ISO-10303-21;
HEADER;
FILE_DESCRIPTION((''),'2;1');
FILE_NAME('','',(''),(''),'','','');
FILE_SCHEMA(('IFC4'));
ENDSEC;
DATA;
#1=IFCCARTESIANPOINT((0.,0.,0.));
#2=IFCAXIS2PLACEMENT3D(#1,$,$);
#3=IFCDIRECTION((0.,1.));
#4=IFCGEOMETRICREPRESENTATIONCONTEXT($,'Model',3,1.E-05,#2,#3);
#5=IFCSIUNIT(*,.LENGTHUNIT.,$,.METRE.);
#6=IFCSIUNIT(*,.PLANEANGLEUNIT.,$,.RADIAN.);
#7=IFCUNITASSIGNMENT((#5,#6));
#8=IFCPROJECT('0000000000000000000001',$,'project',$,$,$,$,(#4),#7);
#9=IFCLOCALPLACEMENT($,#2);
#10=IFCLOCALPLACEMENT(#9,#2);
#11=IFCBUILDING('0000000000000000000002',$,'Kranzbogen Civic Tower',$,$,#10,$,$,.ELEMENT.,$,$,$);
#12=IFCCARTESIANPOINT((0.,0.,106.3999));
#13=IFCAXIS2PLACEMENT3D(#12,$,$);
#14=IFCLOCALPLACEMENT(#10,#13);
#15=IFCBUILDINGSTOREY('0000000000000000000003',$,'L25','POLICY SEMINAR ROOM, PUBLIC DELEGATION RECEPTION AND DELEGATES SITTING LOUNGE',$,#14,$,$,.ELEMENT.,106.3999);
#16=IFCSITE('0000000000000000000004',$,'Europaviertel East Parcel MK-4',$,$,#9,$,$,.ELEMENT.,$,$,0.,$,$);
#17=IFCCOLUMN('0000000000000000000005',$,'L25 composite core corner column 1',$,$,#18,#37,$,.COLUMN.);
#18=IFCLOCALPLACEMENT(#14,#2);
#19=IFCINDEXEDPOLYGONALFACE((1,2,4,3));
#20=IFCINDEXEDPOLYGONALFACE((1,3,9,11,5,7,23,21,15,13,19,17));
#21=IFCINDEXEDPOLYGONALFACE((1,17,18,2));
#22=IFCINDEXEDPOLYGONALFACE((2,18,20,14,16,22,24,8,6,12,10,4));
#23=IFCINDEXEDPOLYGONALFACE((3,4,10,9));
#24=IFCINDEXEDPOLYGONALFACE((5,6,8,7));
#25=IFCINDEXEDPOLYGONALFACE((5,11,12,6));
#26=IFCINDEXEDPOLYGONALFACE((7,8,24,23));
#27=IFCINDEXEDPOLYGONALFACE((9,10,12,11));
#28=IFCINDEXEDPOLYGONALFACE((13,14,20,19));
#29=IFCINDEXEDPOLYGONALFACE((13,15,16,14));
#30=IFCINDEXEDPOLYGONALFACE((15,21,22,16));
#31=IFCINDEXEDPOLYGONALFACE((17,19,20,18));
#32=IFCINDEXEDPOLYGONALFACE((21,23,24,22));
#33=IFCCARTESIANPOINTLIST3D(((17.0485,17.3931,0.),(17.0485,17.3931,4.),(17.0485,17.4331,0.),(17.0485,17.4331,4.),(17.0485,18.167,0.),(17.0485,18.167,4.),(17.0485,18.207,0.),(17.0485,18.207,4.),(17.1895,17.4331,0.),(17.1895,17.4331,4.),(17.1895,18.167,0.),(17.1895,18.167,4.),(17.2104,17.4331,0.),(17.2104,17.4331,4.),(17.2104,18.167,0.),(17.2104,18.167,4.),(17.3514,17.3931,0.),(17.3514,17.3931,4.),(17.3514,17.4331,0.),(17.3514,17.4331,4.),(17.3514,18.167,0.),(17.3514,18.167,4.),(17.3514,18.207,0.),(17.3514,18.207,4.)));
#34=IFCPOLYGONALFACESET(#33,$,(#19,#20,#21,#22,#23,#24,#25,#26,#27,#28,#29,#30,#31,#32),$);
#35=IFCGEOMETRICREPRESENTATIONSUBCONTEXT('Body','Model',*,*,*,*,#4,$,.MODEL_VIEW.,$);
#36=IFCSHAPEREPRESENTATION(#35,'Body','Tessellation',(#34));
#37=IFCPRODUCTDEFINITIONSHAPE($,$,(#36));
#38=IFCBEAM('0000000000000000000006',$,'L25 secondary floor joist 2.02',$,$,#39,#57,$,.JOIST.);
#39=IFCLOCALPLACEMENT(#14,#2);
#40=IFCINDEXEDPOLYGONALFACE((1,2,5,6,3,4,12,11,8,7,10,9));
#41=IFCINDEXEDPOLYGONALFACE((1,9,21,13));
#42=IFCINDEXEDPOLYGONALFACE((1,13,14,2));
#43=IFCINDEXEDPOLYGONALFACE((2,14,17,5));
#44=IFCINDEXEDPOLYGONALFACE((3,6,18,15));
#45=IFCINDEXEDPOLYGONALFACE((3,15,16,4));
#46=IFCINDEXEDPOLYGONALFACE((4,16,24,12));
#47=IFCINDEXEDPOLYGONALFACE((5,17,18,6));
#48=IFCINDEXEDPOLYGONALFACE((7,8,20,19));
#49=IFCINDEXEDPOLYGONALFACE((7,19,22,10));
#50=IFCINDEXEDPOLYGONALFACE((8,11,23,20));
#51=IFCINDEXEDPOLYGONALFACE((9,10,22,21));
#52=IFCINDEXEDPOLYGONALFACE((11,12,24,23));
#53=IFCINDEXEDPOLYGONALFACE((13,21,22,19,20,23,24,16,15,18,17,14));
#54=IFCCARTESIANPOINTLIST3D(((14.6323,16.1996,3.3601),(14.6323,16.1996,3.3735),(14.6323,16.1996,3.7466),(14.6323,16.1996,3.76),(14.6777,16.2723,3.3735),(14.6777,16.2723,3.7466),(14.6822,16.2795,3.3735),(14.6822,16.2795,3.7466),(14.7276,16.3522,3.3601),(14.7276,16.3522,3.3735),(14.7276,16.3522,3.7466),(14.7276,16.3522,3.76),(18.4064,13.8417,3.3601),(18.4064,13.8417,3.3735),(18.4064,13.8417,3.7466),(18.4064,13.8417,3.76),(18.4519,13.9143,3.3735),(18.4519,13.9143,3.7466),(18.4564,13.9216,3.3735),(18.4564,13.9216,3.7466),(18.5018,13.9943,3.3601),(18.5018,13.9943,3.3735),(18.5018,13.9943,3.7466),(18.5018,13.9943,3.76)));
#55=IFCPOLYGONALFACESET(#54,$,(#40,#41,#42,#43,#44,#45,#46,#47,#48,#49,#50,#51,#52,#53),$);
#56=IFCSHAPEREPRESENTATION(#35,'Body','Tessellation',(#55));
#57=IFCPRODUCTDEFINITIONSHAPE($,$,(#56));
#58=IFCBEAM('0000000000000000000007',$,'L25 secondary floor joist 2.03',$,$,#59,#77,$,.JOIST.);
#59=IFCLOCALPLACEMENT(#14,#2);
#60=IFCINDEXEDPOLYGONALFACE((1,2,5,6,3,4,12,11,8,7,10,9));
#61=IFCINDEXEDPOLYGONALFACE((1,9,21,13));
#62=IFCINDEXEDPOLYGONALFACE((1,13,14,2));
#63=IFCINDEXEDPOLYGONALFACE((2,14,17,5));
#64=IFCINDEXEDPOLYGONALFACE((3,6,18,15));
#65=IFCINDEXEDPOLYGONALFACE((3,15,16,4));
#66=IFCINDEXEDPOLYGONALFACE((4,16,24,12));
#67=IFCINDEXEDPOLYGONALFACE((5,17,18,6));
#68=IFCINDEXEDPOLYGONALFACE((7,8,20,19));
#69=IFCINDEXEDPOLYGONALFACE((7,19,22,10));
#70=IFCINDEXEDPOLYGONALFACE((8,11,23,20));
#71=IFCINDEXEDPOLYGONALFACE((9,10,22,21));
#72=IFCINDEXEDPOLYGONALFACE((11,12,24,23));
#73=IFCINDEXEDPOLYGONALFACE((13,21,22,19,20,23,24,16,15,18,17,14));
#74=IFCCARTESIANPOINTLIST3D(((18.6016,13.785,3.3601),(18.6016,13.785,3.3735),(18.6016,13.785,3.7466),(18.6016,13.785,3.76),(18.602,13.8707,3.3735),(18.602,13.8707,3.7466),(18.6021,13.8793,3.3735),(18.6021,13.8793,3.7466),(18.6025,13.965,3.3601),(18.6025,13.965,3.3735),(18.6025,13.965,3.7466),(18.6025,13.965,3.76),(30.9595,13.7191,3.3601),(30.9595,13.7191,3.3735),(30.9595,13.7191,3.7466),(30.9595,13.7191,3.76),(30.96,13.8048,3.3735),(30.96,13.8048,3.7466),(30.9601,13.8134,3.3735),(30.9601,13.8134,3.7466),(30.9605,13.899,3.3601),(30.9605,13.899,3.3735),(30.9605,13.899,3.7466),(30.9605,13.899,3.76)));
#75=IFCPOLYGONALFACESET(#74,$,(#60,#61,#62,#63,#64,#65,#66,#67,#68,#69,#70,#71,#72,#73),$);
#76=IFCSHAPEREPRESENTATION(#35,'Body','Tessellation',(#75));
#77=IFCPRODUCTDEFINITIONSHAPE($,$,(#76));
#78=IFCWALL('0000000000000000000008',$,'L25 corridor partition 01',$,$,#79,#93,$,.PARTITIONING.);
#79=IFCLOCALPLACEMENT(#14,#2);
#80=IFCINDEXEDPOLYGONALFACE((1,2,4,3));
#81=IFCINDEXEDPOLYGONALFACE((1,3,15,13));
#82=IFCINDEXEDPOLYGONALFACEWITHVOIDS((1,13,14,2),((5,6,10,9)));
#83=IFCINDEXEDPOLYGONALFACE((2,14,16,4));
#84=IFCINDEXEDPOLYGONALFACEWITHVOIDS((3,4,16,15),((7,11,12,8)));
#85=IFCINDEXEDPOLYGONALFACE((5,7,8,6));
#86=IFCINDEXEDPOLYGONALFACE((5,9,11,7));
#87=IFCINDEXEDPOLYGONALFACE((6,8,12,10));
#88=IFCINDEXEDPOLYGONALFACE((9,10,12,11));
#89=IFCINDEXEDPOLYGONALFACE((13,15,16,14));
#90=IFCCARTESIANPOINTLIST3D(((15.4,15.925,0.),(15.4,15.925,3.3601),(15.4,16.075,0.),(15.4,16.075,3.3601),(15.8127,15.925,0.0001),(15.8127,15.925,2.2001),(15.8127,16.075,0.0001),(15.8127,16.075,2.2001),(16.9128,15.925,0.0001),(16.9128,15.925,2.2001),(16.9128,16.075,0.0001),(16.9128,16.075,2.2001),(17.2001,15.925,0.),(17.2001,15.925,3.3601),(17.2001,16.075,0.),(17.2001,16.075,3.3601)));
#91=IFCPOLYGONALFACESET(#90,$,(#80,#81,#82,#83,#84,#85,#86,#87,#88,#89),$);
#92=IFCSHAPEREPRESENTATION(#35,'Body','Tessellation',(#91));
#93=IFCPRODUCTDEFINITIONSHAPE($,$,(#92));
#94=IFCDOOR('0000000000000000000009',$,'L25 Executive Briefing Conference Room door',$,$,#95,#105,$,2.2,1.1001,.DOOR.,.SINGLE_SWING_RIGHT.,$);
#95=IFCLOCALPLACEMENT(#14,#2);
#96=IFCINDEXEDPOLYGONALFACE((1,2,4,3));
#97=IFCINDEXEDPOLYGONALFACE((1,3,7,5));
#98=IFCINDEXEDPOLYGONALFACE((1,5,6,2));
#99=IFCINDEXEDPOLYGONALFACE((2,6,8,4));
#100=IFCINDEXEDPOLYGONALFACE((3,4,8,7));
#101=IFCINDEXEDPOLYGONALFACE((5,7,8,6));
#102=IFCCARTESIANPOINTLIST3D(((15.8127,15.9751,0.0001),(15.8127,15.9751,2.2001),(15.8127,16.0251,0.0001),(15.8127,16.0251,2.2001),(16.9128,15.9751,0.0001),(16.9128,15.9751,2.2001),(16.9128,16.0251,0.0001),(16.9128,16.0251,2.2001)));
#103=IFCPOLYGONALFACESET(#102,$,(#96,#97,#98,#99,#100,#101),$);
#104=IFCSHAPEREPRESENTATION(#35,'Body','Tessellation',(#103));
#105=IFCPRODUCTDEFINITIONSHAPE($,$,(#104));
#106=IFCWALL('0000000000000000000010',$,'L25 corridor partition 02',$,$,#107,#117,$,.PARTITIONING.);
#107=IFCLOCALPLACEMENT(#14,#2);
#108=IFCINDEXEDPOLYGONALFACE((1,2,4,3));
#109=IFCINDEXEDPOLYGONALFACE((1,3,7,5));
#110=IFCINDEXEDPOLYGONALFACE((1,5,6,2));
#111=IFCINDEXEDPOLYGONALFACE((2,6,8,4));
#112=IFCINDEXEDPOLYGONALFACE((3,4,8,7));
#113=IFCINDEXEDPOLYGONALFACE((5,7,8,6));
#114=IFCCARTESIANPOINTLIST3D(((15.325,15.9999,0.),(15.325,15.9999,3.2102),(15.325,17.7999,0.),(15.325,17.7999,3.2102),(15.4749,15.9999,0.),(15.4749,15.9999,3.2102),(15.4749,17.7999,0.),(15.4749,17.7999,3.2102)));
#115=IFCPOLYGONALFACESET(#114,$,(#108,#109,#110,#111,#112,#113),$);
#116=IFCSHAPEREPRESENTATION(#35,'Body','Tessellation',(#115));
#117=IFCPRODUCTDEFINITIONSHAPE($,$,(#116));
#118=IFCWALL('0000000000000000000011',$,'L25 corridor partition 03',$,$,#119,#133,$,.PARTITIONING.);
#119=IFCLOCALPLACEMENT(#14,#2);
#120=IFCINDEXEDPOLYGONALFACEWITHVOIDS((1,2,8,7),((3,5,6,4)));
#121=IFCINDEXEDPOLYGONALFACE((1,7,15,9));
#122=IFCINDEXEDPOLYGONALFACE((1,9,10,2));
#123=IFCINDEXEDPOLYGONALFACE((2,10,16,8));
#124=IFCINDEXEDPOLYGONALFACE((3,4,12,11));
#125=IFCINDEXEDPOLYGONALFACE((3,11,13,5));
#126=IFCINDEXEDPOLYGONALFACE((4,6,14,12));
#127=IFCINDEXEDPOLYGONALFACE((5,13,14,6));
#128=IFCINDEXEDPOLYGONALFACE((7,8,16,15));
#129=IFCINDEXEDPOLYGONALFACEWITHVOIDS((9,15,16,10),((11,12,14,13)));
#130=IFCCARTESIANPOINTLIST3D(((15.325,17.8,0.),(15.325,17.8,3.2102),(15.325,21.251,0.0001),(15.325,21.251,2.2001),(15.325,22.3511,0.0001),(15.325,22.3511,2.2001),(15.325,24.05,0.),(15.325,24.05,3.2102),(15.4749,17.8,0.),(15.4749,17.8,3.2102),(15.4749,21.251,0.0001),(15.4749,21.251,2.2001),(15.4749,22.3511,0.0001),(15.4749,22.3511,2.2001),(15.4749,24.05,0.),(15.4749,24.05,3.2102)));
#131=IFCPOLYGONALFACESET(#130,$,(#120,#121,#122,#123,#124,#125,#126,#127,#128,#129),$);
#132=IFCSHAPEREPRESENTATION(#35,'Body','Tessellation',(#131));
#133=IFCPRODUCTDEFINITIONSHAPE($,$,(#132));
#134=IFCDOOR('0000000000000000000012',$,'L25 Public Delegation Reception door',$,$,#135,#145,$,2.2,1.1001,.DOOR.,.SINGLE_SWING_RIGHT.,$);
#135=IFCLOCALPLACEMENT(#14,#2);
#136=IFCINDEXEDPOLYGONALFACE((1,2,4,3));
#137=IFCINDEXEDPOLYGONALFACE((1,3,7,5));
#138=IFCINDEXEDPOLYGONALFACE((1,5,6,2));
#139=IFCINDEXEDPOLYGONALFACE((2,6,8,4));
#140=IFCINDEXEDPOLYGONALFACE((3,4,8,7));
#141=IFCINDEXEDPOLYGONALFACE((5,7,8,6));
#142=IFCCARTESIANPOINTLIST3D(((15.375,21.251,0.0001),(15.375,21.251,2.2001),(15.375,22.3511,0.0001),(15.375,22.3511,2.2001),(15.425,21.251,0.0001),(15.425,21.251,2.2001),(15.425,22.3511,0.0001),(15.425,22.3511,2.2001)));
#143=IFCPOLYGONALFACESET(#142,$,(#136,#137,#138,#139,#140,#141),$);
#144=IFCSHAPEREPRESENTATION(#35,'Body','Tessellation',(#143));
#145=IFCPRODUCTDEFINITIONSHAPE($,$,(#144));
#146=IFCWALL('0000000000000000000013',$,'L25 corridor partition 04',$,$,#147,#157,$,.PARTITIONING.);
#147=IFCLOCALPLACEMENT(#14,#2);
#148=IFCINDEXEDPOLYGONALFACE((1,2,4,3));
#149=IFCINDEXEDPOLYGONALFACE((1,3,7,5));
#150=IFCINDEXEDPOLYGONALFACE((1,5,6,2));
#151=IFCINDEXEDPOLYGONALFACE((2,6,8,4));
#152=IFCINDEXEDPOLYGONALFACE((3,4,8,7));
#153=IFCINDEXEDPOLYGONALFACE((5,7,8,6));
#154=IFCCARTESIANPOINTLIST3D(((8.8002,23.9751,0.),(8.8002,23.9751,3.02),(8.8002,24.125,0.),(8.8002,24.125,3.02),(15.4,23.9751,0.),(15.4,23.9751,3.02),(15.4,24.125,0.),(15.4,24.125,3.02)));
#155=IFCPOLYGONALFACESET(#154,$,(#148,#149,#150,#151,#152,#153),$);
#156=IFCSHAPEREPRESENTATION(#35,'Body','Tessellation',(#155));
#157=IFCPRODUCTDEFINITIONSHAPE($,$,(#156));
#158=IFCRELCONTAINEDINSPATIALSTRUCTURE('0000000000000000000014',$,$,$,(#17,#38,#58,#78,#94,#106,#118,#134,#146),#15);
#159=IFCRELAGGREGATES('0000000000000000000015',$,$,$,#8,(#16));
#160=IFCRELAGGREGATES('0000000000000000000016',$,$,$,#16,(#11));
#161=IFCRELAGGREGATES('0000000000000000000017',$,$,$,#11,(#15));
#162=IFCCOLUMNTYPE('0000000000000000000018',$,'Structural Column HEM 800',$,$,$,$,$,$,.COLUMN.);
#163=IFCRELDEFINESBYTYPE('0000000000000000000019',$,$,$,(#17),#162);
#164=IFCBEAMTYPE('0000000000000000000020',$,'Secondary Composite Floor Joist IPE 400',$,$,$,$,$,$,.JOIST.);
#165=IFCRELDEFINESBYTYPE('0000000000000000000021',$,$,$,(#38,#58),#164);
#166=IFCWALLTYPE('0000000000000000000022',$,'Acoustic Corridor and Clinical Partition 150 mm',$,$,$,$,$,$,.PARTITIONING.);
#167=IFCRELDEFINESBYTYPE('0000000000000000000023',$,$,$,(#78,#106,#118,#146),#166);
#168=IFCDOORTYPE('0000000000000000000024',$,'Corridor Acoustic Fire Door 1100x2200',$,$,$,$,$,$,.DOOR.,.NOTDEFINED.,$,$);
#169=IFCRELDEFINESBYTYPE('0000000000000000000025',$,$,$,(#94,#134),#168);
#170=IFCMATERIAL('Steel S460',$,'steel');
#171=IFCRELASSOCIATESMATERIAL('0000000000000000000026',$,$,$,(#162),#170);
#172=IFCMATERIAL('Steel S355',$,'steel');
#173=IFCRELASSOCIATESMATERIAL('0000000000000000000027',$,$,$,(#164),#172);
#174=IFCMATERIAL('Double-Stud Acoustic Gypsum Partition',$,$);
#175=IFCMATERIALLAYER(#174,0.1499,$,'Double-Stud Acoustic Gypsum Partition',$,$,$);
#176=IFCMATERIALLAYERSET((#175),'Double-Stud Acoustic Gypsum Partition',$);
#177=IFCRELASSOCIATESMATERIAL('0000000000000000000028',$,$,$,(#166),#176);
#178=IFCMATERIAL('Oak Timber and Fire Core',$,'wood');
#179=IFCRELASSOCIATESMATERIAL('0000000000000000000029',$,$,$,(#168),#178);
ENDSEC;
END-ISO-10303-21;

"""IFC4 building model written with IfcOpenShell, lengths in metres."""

from ifc_helpers import new_model, si_unit, direction, frame, frame_2d, origin, origin_2d, place, context, subcontext, project, spatial, rectangle, i_section, extrude, material, layer, layer_set, material_profile, profile_set, type_object, element, fill, save


model = new_model("IFC4")

# Units and contexts
model_context = context("Model", 3, precision=1e-05, world=origin(), true_north=direction((0.0, 1.0)))
body_context = subcontext(model_context, "Body", "Model", "MODEL_VIEW")
ifc_project = project(units=[si_unit("LENGTHUNIT", "METRE"), si_unit("PLANEANGLEUNIT", "RADIAN")], contexts=[model_context])

# Site, building, storey
site_placement = place(None, origin())
site = spatial("IfcSite", under=ifc_project, at=site_placement, Name="Europaviertel East Parcel MK-4", CompositionType="ELEMENT", RefElevation=0.0)
building_placement = place(site_placement, origin())
building = spatial("IfcBuilding", under=site, at=building_placement, Name="Kranzbogen Civic Tower", CompositionType="ELEMENT")
storey_placement = place(building_placement, frame((0.0, 0.0, 106.3999)))
storey = spatial("IfcBuildingStorey", under=building, at=storey_placement, Name="L25", Description="POLICY SEMINAR ROOM, PUBLIC DELEGATION RECEPTION AND DELEGATES SITTING LOUNGE", CompositionType="ELEMENT", Elevation=106.3999)

# Column
ifc_material_1 = material(Name="Steel S460", Category="steel")
ifc_material_profile_1 = material_profile(ifc_material_1, i_section(OverallWidth=0.303, OverallDepth=0.814, WebThickness=0.021, FlangeThickness=0.04, at=origin_2d()), Name="HEM 800")
ifc_profile_set_1 = profile_set([ifc_material_profile_1], Name="Steel S460")
column_type = type_object("IfcColumnType", Name="Structural Column HEM 800", PredefinedType="COLUMN", material=ifc_profile_set_1)
column_placement = place(storey_placement, frame((17.2, 17.8, 0.0), z_axis=(0.0, 0.0, 1.0), x_axis=(1.0, 0.0, 0.0)))
element("IfcColumn", 1, at=column_placement, inside=storey, type_object=column_type, Name="L25 composite core corner column 1", PredefinedType="COLUMN", context=body_context, shape_type="SweptSolid", body=[
    extrude(i_section(OverallWidth=0.303, OverallDepth=0.814, WebThickness=0.021, FlangeThickness=0.04, at=origin_2d()), origin(), (0.0, 0.0, 1.0), 4.0),
])

# Beams
ifc_material_2 = material(Name="Steel S355", Category="steel")
ifc_material_profile_2 = material_profile(ifc_material_2, i_section(OverallWidth=0.1799, OverallDepth=0.3999, WebThickness=0.0085, FlangeThickness=0.0134, at=origin_2d()), Name="IPE 400")
ifc_profile_set_2 = profile_set([ifc_material_profile_2], Name="Steel S355")
beam_type = type_object("IfcBeamType", Name="Secondary Composite Floor Joist IPE 400", PredefinedType="JOIST", material=ifc_profile_set_2)
beam_1_placement = place(storey_placement, frame((14.6799, 16.2759, 3.5601), z_axis=(0.848094, -0.529846, 0.0), x_axis=(0.529846, 0.848094, 0.0)))
element("IfcBeam", 2, at=beam_1_placement, inside=storey, type_object=beam_type, Name="L25 secondary floor joist 2.02", PredefinedType="JOIST", context=body_context, shape_type="SweptSolid", body=[
    extrude(i_section(OverallWidth=0.1799, OverallDepth=0.3999, WebThickness=0.0085, FlangeThickness=0.0134, at=origin_2d()), origin(), (0.0, 0.0, 1.0), 4.4502),
])
beam_2_placement = place(storey_placement, frame((18.6021, 13.875, 3.5601), z_axis=(0.999986, -0.005334, 0.0), x_axis=(0.005334, 0.999986, 0.0)))
element("IfcBeam", 3, at=beam_2_placement, inside=storey, type_object=beam_type, Name="L25 secondary floor joist 2.03", PredefinedType="JOIST", context=body_context, shape_type="SweptSolid", body=[
    extrude(i_section(OverallWidth=0.1799, OverallDepth=0.3999, WebThickness=0.0085, FlangeThickness=0.0134, at=origin_2d()), origin(), (0.0, 0.0, 1.0), 12.3582),
])

# Wall, opening, door
ifc_material_3 = material(Name="Double-Stud Acoustic Gypsum Partition")
ifc_layer_1 = layer(ifc_material_3, 0.1499, Name="Double-Stud Acoustic Gypsum Partition")
ifc_layer_set_1 = layer_set([ifc_layer_1], Name="Double-Stud Acoustic Gypsum Partition")
wall_type_1 = type_object("IfcWallType", Name="Acoustic Corridor and Clinical Partition 150 mm", PredefinedType="PARTITIONING", material=ifc_layer_set_1)
wall_1_placement = place(storey_placement, frame((17.2, 16.0, 0.0), z_axis=(0.0, 0.0, 1.0), x_axis=(-1.0, 0.0, 0.0)))
wall_1 = element("IfcWall", 4, at=wall_1_placement, inside=storey, type_object=wall_type_1, Name="L25 corridor partition 01", PredefinedType="PARTITIONING", context=body_context, shape_type="SweptSolid", body=[
    extrude(rectangle(XDim=1.8, YDim=0.1499, at=frame_2d((0.8999, 0.0))), origin(), (0.0, 0.0, 1.0), 3.3601),
])
opening_1_placement = place(wall_1_placement, frame((0.2871, 0.0, 0.0)))
opening_1 = element("IfcOpeningElement", 5, at=opening_1_placement, cuts=wall_1, PredefinedType="OPENING", context=body_context, shape_type="SweptSolid", body=[
    extrude(rectangle(XDim=1.1001, YDim=2.2, at=frame_2d((0.55, 1.1001))), frame((0.0, 0.085, 0.0), z_axis=(0.0, -1.0, 0.0), x_axis=(1.0, 0.0, 0.0)), (0.0, 0.0, 1.0), 0.1699),
])
ifc_material_4 = material(Name="Oak Timber and Fire Core", Category="wood")
door_type_1 = type_object("IfcDoorType", Name="Corridor Acoustic Fire Door 1100x2200", OperationType="NOTDEFINED", PredefinedType="DOOR", material=ifc_material_4)
door_1_placement = place(opening_1_placement, origin())
door_1 = element("IfcDoor", 6, at=door_1_placement, inside=storey, type_object=door_type_1, Name="L25 Executive Briefing Conference Room door", OperationType="SINGLE_SWING_RIGHT", OverallHeight=2.2, OverallWidth=1.1001, PredefinedType="DOOR", context=body_context, shape_type="SweptSolid", body=[
    extrude(rectangle(XDim=1.1001, YDim=2.2, at=frame_2d((0.55, 1.1001))), frame((0.0, 0.0249, 0.0), z_axis=(0.0, -1.0, 0.0), x_axis=(1.0, 0.0, 0.0)), (0.0, 0.0, 1.0), 0.05),
])
fill(opening_1, door_1)

# Wall
wall_2_placement = place(storey_placement, frame((15.3999, 16.0, 0.0), z_axis=(0.0, 0.0, 1.0), x_axis=(0.0, 1.0, 0.0)))
element("IfcWall", 7, at=wall_2_placement, inside=storey, type_object=wall_type_1, Name="L25 corridor partition 02", PredefinedType="PARTITIONING", context=body_context, shape_type="SweptSolid", body=[
    extrude(rectangle(XDim=1.8, YDim=0.1499, at=frame_2d((0.8999, 0.0))), origin(), (0.0, 0.0, 1.0), 3.2102),
])

# Wall, opening, door
wall_3_placement = place(storey_placement, frame((15.3999, 17.8, 0.0), z_axis=(0.0, 0.0, 1.0), x_axis=(0.0, 1.0, 0.0)))
wall_3 = element("IfcWall", 8, at=wall_3_placement, inside=storey, type_object=wall_type_1, Name="L25 corridor partition 03", PredefinedType="PARTITIONING", context=body_context, shape_type="SweptSolid", body=[
    extrude(rectangle(XDim=6.25, YDim=0.1499, at=frame_2d((3.125, 0.0))), origin(), (0.0, 0.0, 1.0), 3.2102),
])
opening_2_placement = place(wall_3_placement, frame((3.4509, 0.0, 0.0)))
opening_2 = element("IfcOpeningElement", 9, at=opening_2_placement, cuts=wall_3, PredefinedType="OPENING", context=body_context, shape_type="SweptSolid", body=[
    extrude(rectangle(XDim=1.1001, YDim=2.2, at=frame_2d((0.55, 1.1001))), frame((0.0, 0.085, 0.0), z_axis=(0.0, -1.0, 0.0), x_axis=(1.0, 0.0, 0.0)), (0.0, 0.0, 1.0), 0.1699),
])
door_2_placement = place(opening_2_placement, origin())
door_2 = element("IfcDoor", 10, at=door_2_placement, inside=storey, type_object=door_type_1, Name="L25 Public Delegation Reception door", OperationType="SINGLE_SWING_RIGHT", OverallHeight=2.2, OverallWidth=1.1001, PredefinedType="DOOR", context=body_context, shape_type="SweptSolid", body=[
    extrude(rectangle(XDim=1.1001, YDim=2.2, at=frame_2d((0.55, 1.1001))), frame((0.0, 0.0249, 0.0), z_axis=(0.0, -1.0, 0.0), x_axis=(1.0, 0.0, 0.0)), (0.0, 0.0, 1.0), 0.05),
])
fill(opening_2, door_2)

# Wall
wall_4_placement = place(storey_placement, frame((15.3999, 24.05, 0.0), z_axis=(0.0, 0.0, 1.0), x_axis=(-1.0, 0.0, 0.0)))
element("IfcWall", 11, at=wall_4_placement, inside=storey, type_object=wall_type_1, Name="L25 corridor partition 04", PredefinedType="PARTITIONING", context=body_context, shape_type="SweptSolid", body=[
    extrude(rectangle(XDim=6.5999, YDim=0.1499, at=frame_2d((3.2998, 0.0))), origin(), (0.0, 0.0, 1.0), 3.02),
])

save(model, "model.ifc")
